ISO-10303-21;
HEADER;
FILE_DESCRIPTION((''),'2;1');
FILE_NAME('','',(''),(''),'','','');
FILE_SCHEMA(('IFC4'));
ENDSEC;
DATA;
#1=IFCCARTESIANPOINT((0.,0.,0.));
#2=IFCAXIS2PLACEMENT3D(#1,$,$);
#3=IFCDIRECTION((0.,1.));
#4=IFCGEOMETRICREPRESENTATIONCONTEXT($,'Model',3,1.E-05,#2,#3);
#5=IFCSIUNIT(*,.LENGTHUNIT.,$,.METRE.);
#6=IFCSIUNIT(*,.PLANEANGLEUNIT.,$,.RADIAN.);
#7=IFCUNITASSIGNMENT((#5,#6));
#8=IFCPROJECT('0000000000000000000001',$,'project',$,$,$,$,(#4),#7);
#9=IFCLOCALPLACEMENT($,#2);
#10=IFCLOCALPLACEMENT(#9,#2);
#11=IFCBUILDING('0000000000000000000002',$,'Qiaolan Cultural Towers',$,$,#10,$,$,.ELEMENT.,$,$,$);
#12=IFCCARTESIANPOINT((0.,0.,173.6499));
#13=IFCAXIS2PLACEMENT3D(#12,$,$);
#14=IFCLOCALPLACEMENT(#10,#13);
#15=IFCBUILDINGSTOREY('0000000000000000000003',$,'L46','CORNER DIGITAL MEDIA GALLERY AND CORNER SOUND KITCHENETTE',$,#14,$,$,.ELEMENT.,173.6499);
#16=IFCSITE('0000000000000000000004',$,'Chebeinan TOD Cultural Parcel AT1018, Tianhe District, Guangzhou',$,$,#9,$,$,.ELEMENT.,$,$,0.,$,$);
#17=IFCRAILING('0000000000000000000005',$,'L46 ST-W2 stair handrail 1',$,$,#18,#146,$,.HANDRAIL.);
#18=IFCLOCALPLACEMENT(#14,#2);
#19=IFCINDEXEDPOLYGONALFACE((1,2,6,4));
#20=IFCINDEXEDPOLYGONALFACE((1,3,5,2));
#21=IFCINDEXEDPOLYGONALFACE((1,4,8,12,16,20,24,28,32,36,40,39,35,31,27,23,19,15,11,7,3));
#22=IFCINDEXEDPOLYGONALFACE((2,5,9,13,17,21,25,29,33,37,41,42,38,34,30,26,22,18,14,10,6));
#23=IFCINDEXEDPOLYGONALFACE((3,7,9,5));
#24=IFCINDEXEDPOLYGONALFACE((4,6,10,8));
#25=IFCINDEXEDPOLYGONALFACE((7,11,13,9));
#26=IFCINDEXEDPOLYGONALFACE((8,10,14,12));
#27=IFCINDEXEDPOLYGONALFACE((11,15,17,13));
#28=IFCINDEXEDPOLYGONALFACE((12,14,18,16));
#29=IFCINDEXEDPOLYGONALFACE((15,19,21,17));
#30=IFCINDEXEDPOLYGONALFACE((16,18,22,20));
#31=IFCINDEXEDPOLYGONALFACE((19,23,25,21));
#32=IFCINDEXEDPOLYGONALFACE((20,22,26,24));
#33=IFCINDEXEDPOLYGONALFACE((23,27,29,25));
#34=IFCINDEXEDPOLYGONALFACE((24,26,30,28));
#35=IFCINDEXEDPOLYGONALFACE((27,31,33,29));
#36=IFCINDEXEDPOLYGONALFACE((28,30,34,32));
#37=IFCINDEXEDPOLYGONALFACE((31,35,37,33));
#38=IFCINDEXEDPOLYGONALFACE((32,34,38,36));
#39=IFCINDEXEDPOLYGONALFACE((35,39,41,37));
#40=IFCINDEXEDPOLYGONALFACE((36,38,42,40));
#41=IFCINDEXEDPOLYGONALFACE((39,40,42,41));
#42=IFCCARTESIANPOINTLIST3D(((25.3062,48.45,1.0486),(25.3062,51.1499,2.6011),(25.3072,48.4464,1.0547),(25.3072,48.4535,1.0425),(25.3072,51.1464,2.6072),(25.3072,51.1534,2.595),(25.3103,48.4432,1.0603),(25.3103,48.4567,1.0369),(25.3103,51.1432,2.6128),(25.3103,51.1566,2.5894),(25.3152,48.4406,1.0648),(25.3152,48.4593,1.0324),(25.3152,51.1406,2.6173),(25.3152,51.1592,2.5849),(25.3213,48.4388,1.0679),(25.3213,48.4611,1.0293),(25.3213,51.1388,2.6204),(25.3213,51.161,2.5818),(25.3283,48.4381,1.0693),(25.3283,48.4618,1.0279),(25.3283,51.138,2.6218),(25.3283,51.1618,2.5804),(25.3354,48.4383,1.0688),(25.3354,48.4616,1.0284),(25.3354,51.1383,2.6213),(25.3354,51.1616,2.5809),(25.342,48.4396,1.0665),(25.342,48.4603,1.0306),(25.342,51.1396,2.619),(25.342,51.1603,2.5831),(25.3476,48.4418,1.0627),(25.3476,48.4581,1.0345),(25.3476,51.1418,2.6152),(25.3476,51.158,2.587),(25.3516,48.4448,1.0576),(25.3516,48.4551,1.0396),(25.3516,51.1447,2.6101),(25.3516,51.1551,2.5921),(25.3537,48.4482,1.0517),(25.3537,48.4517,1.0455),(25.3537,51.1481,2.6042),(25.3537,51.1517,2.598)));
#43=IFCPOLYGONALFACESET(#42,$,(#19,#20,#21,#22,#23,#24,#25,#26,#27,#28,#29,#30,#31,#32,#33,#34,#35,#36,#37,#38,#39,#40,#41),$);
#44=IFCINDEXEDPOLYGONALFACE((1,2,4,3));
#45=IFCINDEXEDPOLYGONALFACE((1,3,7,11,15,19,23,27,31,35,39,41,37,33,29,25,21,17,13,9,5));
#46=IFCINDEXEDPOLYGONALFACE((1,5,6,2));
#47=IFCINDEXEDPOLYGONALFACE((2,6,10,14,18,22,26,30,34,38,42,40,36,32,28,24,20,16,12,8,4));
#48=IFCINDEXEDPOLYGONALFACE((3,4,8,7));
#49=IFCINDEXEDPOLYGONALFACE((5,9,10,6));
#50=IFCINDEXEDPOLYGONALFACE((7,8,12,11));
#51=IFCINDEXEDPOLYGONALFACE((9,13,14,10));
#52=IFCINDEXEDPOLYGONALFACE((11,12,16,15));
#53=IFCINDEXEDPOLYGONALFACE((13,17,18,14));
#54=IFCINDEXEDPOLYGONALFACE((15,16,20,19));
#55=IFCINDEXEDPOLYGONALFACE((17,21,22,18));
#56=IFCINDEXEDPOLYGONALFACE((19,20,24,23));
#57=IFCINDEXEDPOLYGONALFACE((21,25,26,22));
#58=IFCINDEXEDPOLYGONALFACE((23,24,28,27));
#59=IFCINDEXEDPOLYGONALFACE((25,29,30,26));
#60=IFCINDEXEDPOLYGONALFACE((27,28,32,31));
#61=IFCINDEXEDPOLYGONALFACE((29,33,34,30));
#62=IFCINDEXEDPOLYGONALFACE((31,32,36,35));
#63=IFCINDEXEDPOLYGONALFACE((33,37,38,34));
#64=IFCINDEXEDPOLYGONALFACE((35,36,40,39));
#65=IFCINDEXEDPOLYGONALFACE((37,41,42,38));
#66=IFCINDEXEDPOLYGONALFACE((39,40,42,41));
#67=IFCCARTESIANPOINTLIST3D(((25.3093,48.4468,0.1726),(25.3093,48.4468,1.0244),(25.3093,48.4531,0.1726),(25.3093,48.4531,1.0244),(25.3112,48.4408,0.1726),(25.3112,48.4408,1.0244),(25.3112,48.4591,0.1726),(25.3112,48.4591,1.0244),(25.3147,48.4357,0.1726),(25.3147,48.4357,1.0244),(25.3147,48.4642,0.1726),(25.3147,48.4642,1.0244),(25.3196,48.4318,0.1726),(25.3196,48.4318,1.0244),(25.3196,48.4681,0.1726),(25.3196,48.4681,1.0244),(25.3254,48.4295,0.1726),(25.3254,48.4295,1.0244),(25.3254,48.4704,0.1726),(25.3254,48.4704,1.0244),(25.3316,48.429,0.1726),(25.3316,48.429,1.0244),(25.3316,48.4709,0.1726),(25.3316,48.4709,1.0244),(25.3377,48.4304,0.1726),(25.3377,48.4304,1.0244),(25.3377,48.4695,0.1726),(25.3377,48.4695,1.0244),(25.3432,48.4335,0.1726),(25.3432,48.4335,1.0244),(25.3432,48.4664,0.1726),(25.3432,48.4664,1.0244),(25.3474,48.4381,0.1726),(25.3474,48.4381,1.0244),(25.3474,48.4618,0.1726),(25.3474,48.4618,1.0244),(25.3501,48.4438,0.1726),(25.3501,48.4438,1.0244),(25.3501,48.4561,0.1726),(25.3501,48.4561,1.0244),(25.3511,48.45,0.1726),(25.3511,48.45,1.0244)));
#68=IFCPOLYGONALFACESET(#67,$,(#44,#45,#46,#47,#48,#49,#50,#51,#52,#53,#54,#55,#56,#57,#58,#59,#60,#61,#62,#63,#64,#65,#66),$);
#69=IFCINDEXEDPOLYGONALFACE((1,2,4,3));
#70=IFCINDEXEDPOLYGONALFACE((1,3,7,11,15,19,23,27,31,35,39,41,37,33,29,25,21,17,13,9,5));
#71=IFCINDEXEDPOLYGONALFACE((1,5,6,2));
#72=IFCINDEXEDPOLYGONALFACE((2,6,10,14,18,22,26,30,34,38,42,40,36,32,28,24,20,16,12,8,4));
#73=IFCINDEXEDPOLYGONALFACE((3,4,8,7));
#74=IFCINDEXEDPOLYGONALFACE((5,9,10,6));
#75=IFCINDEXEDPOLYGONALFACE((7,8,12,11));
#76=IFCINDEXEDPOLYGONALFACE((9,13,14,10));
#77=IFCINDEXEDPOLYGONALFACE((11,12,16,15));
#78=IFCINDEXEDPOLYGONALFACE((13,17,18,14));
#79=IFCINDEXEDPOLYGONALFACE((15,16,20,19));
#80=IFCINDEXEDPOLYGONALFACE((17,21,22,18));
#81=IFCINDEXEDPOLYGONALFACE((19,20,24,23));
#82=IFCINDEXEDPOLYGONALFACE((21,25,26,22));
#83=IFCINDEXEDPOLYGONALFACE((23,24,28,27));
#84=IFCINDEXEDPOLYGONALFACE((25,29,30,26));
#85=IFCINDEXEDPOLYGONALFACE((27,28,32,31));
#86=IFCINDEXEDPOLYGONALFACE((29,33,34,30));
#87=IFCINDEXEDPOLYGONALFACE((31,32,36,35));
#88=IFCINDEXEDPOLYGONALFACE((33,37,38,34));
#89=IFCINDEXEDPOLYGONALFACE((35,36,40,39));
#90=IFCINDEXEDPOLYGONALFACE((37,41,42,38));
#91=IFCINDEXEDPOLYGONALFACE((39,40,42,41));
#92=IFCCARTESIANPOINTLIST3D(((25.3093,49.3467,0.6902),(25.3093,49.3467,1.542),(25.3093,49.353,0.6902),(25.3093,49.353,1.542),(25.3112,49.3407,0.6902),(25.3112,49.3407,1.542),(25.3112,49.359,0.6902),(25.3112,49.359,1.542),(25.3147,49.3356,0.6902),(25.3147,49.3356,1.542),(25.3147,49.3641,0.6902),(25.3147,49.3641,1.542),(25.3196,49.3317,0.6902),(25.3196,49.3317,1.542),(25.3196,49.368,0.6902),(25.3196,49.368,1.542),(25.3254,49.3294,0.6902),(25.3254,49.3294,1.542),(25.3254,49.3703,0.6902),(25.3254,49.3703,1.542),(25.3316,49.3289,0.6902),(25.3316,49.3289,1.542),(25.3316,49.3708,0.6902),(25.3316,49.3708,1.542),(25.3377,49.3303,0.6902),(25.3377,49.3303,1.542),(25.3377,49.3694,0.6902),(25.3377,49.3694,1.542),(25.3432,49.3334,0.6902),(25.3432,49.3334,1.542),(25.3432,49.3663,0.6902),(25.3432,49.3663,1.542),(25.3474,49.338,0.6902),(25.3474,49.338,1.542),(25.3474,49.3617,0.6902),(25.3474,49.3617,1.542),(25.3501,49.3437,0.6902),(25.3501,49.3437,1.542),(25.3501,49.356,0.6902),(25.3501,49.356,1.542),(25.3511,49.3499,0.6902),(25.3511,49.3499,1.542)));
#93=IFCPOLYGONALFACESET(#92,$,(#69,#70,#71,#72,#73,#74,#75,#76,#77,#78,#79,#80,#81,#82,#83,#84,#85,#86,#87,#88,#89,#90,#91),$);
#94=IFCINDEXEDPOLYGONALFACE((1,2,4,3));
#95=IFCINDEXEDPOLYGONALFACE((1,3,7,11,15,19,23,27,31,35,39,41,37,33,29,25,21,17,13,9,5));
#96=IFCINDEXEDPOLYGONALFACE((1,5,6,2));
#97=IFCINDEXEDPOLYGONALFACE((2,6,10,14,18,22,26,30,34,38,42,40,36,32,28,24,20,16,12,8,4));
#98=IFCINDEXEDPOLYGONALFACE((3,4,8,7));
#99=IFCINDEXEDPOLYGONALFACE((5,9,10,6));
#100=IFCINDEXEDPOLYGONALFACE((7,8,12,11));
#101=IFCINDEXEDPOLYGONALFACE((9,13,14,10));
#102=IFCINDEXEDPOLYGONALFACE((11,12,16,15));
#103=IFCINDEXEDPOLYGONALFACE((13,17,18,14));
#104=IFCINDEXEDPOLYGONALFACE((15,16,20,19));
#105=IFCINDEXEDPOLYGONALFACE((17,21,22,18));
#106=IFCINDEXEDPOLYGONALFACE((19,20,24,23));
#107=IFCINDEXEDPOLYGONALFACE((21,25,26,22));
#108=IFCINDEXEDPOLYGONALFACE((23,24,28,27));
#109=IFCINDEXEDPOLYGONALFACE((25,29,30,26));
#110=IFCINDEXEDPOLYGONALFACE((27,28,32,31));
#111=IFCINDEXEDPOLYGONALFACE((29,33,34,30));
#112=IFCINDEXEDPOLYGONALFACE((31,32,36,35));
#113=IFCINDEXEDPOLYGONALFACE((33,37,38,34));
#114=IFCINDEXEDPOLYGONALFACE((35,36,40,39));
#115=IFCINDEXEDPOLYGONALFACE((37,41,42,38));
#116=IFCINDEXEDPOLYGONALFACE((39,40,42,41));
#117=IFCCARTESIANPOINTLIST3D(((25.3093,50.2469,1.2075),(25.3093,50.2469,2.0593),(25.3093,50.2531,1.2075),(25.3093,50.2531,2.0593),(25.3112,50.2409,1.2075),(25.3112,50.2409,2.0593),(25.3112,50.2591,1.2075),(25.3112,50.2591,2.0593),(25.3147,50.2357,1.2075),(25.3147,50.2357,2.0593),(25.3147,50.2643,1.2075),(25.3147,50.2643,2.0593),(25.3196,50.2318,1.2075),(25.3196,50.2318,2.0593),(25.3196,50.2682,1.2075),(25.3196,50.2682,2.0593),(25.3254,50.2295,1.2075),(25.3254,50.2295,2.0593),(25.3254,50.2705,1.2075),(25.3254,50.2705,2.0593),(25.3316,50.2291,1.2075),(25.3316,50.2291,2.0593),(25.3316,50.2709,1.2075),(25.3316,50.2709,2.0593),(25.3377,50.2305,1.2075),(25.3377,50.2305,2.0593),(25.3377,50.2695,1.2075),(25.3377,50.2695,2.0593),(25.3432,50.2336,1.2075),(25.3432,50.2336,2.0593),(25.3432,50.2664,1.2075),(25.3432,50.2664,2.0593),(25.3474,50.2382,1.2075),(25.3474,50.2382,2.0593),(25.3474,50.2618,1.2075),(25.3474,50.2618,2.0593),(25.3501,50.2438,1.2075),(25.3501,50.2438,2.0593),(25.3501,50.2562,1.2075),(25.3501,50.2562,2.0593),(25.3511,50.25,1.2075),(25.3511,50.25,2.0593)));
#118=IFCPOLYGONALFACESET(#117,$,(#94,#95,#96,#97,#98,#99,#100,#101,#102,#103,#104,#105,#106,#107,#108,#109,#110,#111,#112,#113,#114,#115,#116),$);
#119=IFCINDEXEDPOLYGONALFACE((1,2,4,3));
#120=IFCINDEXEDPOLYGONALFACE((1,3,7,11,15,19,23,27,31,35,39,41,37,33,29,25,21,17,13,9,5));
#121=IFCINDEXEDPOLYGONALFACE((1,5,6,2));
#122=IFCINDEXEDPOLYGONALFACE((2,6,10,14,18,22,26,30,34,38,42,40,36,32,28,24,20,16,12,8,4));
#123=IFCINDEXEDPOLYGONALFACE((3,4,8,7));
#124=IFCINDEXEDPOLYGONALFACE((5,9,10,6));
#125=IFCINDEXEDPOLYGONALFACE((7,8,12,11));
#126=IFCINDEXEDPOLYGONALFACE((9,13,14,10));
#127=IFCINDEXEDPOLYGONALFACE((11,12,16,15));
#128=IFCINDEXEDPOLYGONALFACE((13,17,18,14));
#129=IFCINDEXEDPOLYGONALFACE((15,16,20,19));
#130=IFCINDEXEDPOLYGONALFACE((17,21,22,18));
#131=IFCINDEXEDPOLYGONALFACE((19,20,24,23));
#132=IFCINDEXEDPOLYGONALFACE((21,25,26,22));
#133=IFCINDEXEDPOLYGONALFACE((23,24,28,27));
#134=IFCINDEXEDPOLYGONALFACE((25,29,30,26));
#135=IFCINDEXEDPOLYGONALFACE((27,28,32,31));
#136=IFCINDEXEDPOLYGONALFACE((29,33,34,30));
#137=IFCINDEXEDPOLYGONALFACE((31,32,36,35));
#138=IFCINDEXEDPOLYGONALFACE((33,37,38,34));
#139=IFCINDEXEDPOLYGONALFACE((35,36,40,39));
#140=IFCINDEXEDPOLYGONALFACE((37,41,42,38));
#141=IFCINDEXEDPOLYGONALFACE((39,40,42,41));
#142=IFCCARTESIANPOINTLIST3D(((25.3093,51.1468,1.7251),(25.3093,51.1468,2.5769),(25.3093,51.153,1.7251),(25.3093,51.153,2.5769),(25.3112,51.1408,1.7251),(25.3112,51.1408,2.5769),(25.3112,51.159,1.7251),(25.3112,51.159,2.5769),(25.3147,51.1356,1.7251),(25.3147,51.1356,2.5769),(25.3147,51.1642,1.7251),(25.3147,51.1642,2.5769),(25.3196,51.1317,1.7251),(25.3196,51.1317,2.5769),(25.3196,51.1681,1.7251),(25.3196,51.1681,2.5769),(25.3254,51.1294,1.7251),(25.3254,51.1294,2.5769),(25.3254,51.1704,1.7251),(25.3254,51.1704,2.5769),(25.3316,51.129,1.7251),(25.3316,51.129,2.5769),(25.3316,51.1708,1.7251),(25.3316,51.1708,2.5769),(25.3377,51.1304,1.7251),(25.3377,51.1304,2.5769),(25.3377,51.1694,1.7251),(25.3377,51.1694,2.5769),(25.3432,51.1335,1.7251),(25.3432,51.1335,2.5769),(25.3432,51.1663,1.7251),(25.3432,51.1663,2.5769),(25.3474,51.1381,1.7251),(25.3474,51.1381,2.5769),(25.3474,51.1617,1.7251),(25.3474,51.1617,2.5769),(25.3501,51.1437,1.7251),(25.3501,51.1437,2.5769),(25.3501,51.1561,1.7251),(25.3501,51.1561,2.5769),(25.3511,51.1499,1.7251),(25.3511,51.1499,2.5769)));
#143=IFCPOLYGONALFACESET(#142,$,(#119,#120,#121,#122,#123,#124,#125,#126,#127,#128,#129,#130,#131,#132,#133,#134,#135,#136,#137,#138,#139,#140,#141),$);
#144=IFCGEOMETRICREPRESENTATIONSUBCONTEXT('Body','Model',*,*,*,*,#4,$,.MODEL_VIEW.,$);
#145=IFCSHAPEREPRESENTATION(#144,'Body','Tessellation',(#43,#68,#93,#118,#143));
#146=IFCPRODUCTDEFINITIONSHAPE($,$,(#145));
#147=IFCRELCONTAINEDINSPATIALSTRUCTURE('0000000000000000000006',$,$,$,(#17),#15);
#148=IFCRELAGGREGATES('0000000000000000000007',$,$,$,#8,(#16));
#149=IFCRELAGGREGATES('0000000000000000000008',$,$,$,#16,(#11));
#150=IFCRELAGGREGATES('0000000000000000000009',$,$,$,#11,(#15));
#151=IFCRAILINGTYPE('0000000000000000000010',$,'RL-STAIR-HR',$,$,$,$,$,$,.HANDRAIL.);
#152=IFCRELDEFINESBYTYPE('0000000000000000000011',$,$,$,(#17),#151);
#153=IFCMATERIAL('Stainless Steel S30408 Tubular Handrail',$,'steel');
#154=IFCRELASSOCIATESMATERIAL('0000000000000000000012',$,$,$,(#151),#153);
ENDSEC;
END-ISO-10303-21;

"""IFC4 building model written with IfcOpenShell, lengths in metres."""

from ifc_helpers import new_model, si_unit, direction, frame, origin, origin_2d, place, context, subcontext, project, spatial, circle, extrude, material, type_object, element, save


model = new_model("IFC4")

# Units and contexts
model_context = context("Model", 3, precision=1e-05, world=origin(), true_north=direction((0.0, 1.0)))
body_context = subcontext(model_context, "Body", "Model", "MODEL_VIEW")
ifc_project = project(units=[si_unit("LENGTHUNIT", "METRE"), si_unit("PLANEANGLEUNIT", "RADIAN")], contexts=[model_context])

# Site, building, storey
site_placement = place(None, origin())
site = spatial("IfcSite", under=ifc_project, at=site_placement, Name="Chebeinan TOD Cultural Parcel AT1018, Tianhe District, Guangzhou", CompositionType="ELEMENT", RefElevation=0.0)
building_placement = place(site_placement, origin())
building = spatial("IfcBuilding", under=site, at=building_placement, Name="Qiaolan Cultural Towers", CompositionType="ELEMENT")
storey_placement = place(building_placement, frame((0.0, 0.0, 173.6499)))
storey = spatial("IfcBuildingStorey", under=building, at=storey_placement, Name="L46", Description="CORNER DIGITAL MEDIA GALLERY AND CORNER SOUND KITCHENETTE", CompositionType="ELEMENT", Elevation=173.6499)

# Railing
ifc_material_1 = material(Name="Stainless Steel S30408 Tubular Handrail", Category="steel")
railing_type_1 = type_object("IfcRailingType", Name="RL-STAIR-HR", PredefinedType="HANDRAIL", material=ifc_material_1)
railing_1_placement = place(storey_placement, frame((25.3301, 48.45, 0.1726)))
element("IfcRailing", 1, at=railing_1_placement, inside=storey, type_object=railing_type_1, Name="L46 ST-W2 stair handrail 1", PredefinedType="HANDRAIL", context=body_context, shape_type="SweptSolid", body=[
    extrude(circle(Radius=0.0239, at=origin_2d()), frame((0.0, 0.0, 0.876), z_axis=(0.0, 0.866904, 0.498476), x_axis=(-1.0, 0.0, 0.0)), (0.0, 0.0, 1.0), 3.1145),
    extrude(circle(Radius=0.021, at=origin_2d()), origin(), (0.0, 0.0, 1.0), 0.8518),
    extrude(circle(Radius=0.021, at=origin_2d()), frame((0.0, 0.8999, 0.5176)), (0.0, 0.0, 1.0), 0.8518),
    extrude(circle(Radius=0.021, at=origin_2d()), frame((0.0, 1.8, 1.0349)), (0.0, 0.0, 1.0), 0.8518),
    extrude(circle(Radius=0.021, at=origin_2d()), frame((0.0, 2.7, 1.5525)), (0.0, 0.0, 1.0), 0.8518),
])

save(model, "model.ifc")
